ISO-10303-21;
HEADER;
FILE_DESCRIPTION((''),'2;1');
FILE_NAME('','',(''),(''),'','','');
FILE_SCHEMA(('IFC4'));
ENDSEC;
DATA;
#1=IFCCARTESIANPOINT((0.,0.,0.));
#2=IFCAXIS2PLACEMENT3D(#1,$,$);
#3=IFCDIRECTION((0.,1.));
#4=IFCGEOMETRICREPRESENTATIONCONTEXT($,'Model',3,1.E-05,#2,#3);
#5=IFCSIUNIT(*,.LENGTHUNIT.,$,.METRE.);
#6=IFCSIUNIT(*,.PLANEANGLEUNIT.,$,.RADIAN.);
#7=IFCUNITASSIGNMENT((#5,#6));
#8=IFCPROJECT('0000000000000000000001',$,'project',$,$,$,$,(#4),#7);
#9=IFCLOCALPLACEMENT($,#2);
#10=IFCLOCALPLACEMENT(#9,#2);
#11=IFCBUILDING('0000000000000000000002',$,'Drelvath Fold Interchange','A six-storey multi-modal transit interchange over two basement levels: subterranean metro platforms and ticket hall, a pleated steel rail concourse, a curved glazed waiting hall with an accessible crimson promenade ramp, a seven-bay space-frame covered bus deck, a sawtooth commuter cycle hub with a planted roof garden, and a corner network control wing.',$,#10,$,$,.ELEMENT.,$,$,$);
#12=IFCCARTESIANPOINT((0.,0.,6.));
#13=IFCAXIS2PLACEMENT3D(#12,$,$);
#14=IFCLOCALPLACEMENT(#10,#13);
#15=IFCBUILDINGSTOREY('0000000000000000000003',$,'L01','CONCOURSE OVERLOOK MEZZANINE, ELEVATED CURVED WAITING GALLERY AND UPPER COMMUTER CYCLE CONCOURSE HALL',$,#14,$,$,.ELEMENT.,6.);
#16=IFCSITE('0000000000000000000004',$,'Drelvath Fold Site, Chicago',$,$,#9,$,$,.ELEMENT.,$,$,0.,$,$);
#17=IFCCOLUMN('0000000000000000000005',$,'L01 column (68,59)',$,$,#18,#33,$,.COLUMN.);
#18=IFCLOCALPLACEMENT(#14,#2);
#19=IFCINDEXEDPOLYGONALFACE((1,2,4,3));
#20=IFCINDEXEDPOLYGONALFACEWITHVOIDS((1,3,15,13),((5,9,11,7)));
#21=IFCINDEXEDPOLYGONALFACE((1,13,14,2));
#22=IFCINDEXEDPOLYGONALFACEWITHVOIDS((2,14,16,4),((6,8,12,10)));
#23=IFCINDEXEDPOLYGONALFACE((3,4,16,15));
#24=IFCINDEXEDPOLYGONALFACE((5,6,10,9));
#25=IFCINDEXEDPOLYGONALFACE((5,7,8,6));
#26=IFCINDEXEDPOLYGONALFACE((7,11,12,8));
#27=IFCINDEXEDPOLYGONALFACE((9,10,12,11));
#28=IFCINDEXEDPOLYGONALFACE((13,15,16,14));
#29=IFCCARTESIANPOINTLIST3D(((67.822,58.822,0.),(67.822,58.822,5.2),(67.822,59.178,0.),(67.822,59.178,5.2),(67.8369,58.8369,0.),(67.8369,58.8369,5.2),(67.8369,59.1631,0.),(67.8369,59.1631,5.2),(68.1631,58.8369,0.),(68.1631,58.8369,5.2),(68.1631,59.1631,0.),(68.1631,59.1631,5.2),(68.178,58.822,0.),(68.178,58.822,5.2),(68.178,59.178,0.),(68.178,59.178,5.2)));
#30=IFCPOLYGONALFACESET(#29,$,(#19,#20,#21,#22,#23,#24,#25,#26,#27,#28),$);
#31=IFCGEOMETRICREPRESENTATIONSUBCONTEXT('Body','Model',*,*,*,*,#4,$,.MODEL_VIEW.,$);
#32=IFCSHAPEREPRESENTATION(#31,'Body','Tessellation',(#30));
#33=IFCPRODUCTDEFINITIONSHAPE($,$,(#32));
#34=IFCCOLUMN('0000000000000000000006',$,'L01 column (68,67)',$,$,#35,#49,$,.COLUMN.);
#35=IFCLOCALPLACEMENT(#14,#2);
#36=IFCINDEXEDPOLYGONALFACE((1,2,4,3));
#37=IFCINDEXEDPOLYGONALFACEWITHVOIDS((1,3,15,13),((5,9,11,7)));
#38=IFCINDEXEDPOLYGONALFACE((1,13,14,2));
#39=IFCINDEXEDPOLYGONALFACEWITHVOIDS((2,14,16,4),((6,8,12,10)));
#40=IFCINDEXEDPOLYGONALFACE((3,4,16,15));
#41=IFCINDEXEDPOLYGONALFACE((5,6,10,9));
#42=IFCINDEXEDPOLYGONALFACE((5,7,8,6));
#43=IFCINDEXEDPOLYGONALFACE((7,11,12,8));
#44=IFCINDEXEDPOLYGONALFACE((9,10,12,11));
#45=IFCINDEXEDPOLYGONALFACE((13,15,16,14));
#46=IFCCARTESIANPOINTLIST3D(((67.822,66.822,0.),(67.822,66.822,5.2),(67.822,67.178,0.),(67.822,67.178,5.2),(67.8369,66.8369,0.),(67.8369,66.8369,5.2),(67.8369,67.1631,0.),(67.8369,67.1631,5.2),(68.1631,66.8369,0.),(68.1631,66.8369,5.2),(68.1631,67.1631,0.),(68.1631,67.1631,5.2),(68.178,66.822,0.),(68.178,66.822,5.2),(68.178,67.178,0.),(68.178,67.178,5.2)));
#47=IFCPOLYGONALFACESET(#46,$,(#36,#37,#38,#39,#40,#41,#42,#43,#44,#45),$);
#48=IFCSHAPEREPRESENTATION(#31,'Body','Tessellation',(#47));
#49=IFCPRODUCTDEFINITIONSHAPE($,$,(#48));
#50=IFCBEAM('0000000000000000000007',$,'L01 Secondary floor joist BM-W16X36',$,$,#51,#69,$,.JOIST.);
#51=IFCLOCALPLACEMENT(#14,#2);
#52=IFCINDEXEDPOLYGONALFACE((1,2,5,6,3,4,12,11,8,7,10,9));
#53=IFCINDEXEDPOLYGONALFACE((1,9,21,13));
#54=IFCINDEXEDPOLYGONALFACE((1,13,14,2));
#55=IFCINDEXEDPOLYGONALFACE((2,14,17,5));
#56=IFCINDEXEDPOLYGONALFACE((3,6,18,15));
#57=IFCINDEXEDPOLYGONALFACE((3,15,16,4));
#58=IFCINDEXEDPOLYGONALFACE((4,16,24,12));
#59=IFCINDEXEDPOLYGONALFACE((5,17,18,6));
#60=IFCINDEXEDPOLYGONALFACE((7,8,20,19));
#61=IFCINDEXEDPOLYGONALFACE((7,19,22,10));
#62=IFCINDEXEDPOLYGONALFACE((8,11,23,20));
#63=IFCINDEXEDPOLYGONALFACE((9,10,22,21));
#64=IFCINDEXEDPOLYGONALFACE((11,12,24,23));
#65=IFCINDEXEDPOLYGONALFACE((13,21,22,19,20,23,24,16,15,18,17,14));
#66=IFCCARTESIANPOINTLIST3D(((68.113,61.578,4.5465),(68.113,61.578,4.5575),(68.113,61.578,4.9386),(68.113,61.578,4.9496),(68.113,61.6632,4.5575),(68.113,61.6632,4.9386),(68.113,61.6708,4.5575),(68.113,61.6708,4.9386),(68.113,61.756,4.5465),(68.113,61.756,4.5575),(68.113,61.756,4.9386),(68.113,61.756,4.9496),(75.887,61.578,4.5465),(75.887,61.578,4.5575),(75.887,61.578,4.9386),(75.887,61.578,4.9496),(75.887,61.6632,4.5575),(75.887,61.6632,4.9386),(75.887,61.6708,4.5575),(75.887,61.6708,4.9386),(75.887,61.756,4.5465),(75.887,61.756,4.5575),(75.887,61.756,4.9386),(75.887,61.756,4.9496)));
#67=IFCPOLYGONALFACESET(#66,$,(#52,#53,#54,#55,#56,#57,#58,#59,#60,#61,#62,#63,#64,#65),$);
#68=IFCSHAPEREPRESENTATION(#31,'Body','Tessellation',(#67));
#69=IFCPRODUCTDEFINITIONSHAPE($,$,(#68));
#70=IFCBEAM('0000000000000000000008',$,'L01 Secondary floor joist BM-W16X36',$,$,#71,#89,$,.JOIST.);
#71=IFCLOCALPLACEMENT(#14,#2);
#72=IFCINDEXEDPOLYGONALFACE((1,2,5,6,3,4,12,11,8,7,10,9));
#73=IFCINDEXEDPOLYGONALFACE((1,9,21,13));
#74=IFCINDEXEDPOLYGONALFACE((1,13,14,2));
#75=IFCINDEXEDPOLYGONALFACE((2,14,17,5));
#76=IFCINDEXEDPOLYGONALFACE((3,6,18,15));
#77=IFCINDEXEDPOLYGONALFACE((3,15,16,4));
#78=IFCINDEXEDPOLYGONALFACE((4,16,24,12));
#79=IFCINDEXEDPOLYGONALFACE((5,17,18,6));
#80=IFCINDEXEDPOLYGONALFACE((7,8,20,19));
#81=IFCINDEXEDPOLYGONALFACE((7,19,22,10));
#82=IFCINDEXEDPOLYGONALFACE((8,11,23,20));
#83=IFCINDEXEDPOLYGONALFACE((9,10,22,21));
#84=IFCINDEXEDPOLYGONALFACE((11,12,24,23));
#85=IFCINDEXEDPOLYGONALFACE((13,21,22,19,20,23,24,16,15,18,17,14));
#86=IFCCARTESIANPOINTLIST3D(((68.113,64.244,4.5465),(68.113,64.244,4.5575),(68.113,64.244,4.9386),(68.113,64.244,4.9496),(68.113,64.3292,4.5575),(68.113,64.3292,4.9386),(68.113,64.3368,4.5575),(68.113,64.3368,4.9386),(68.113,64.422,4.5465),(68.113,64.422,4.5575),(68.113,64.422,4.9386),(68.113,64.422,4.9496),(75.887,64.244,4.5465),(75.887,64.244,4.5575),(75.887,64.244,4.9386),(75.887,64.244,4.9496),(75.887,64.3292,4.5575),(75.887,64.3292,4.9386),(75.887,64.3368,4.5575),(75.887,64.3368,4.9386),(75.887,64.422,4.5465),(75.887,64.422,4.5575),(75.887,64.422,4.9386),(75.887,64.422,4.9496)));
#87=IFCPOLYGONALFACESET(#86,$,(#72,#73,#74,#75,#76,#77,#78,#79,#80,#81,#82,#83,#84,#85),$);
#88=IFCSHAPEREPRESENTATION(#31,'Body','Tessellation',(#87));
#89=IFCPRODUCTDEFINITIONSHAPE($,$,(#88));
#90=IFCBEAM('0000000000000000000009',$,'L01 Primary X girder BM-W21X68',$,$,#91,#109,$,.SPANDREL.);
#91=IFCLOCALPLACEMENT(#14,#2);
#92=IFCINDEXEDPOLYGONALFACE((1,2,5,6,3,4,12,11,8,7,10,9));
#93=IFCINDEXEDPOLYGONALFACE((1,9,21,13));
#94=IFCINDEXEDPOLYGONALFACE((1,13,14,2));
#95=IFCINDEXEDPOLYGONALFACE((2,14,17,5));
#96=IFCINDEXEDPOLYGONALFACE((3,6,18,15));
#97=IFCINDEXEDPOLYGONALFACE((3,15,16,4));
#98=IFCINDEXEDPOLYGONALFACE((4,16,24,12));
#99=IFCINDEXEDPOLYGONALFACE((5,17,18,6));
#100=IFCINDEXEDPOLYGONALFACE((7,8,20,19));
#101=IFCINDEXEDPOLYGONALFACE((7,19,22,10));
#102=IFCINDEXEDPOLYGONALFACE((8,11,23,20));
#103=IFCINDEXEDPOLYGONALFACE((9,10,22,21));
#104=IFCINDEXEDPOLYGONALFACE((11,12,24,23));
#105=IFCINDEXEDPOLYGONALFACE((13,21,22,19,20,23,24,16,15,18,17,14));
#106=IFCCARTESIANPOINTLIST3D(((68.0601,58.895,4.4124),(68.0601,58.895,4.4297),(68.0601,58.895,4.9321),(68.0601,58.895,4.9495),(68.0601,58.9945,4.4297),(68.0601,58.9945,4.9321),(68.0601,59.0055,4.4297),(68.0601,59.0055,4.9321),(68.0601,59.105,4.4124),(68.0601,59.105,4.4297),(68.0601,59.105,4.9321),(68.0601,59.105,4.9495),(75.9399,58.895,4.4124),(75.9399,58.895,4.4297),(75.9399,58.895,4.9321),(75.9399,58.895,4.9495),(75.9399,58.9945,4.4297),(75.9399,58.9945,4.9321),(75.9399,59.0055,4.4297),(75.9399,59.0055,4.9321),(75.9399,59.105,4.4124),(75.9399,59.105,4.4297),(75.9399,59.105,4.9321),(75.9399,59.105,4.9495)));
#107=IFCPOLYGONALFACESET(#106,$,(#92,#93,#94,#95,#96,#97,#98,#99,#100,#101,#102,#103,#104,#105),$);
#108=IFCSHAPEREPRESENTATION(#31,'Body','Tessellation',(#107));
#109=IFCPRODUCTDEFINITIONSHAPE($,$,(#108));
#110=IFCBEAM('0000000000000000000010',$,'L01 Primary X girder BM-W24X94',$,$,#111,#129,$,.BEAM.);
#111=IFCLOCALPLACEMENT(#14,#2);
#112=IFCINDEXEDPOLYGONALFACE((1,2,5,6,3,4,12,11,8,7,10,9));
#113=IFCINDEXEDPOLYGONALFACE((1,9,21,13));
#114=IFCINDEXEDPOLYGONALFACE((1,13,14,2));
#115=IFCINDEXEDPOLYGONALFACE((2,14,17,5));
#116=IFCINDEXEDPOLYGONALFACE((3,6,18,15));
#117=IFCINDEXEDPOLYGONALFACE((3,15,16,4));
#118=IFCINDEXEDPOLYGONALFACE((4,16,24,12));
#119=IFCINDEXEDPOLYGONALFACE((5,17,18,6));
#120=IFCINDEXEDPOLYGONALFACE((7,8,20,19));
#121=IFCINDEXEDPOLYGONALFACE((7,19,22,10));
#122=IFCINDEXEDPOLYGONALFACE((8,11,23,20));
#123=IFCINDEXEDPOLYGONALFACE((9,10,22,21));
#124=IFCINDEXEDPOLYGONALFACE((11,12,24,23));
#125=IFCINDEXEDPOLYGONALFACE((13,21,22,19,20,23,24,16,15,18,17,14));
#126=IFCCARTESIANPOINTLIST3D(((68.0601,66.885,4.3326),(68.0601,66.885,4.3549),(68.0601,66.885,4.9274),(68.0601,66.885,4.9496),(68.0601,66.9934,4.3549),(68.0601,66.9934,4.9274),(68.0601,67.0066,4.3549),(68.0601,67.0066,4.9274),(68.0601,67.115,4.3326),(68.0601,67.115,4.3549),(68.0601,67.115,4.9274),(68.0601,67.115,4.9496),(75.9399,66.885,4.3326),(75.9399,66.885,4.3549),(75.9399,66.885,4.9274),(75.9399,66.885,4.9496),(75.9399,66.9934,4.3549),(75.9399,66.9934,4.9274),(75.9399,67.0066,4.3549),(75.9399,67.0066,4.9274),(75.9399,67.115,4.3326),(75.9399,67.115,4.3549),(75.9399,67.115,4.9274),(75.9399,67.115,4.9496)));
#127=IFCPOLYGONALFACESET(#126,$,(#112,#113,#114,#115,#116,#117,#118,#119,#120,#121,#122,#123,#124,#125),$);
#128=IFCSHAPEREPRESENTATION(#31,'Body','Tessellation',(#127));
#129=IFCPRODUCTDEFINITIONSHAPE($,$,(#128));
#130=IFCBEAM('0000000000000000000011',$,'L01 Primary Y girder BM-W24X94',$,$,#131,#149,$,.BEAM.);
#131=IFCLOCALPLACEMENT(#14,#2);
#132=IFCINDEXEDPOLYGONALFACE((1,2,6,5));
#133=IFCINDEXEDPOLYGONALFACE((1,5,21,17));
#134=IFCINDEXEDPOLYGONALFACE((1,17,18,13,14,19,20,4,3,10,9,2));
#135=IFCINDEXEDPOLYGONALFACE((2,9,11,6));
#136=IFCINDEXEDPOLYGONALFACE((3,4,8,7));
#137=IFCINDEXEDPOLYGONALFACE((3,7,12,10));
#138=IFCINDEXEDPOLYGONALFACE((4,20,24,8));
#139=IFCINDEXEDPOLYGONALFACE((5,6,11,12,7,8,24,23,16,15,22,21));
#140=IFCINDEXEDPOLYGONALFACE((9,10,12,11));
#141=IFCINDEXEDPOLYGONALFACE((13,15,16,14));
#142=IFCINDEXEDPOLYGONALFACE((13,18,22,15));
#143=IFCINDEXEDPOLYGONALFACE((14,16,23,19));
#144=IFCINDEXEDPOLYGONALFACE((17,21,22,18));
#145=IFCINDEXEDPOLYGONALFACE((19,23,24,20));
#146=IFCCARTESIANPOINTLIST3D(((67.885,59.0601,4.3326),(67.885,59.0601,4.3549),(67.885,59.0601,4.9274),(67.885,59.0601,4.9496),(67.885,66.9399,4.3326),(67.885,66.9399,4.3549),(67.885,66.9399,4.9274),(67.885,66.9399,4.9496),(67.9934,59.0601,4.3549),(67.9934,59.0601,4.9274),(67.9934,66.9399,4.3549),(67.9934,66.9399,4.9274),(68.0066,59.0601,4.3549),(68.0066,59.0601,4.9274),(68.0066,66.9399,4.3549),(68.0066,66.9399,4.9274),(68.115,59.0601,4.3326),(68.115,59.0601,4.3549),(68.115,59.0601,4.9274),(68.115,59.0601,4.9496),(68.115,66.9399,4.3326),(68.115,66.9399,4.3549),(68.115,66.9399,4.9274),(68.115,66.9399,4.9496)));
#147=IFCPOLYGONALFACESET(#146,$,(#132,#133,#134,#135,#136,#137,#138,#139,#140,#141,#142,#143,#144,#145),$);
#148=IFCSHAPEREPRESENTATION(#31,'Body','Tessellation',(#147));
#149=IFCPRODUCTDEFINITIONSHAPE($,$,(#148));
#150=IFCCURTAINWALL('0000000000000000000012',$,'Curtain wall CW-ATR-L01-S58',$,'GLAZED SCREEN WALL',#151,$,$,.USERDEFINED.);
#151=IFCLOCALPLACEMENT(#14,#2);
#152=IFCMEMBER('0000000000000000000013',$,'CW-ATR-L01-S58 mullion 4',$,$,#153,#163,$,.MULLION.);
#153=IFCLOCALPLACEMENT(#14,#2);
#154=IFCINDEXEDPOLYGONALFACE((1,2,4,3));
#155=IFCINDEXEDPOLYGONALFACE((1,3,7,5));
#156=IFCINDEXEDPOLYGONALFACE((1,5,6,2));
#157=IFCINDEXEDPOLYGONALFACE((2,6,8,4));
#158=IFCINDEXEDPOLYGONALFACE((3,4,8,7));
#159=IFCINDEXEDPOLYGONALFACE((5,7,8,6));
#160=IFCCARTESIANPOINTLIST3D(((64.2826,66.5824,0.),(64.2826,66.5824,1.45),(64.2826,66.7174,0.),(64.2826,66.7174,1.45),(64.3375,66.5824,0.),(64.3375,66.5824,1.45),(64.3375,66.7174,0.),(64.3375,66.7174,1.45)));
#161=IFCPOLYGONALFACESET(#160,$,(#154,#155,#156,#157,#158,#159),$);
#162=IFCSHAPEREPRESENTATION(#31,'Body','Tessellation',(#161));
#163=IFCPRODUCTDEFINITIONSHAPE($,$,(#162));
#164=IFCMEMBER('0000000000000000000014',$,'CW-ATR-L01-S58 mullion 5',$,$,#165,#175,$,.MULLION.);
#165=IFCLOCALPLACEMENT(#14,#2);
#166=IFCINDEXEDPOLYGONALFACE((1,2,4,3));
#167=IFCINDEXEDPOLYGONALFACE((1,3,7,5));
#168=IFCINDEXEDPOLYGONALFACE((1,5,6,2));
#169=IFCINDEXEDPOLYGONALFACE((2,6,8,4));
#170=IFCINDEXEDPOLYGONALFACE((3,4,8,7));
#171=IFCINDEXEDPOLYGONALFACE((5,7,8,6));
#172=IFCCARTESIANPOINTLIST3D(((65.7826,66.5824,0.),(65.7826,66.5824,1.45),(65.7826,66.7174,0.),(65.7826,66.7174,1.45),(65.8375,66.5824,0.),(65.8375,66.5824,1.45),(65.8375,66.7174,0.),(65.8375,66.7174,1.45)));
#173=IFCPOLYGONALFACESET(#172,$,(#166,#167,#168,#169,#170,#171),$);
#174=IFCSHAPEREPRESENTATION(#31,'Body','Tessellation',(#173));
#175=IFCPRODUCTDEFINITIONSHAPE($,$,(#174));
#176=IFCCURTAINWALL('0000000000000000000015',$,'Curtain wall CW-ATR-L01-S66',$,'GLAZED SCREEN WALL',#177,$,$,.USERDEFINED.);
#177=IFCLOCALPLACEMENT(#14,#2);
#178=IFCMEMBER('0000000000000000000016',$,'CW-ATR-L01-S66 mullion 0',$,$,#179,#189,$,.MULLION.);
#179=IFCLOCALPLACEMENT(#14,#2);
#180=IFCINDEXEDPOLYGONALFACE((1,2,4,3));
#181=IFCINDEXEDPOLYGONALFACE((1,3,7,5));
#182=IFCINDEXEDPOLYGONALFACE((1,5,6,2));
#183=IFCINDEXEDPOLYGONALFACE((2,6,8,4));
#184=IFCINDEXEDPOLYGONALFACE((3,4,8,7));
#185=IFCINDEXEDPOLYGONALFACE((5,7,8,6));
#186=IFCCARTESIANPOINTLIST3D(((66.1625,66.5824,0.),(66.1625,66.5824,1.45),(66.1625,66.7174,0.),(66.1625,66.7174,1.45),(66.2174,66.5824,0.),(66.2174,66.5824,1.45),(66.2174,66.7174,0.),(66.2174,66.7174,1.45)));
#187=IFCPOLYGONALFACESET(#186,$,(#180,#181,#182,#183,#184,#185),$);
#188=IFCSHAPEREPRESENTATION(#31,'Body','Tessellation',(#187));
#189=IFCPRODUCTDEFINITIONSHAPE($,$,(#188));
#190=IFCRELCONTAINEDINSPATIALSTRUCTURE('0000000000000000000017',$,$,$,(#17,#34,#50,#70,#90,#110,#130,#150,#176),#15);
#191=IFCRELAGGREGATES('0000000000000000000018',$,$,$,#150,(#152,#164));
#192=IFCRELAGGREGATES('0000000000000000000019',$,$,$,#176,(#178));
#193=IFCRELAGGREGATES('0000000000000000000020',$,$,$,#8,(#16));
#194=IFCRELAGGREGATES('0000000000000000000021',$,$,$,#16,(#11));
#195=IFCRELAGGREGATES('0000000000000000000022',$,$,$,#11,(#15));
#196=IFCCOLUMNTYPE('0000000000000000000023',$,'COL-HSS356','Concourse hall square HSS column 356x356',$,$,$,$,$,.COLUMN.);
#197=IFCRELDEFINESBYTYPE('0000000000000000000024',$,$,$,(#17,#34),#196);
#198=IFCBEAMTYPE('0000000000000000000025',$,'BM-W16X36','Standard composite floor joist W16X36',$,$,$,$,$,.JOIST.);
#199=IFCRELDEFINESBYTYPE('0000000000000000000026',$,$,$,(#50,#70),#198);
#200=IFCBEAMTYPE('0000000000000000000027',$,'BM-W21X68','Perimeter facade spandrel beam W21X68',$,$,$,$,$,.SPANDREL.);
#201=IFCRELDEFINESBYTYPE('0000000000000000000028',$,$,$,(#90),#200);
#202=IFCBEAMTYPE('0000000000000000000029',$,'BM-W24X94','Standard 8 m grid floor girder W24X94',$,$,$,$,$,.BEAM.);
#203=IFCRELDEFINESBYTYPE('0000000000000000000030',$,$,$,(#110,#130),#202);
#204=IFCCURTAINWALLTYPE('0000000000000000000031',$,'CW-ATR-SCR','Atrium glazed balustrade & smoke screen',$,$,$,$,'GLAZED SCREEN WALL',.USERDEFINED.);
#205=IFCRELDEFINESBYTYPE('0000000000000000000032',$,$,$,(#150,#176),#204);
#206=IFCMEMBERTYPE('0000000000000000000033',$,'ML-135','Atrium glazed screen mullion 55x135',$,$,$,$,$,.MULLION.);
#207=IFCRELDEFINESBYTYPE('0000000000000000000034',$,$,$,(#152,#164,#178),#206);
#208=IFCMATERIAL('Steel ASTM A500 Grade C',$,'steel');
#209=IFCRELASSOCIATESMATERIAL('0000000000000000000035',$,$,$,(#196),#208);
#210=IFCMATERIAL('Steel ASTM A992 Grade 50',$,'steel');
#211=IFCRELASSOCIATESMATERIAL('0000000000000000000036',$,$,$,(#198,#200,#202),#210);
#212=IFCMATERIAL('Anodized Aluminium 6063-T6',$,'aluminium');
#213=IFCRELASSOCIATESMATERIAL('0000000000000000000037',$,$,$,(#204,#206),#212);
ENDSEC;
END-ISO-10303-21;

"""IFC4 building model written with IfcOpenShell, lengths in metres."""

from ifc_helpers import new_model, si_unit, direction, frame, origin, origin_2d, place, context, subcontext, project, spatial, rectangle, hollow_rectangle, i_section, extrude, material, material_profile, profile_set, type_object, element, aggregate, save


model = new_model("IFC4")

# Units and contexts
model_context = context("Model", 3, precision=1e-05, world=origin(), true_north=direction((0.0, 1.0)))
body_context = subcontext(model_context, "Body", "Model", "MODEL_VIEW")
ifc_project = project(units=[si_unit("LENGTHUNIT", "METRE"), si_unit("PLANEANGLEUNIT", "RADIAN")], contexts=[model_context])

# Site, building, storey
site_placement = place(None, origin())
site = spatial("IfcSite", under=ifc_project, at=site_placement, Name="Drelvath Fold Site, Chicago", CompositionType="ELEMENT", RefElevation=0.0)
building_placement = place(site_placement, origin())
building = spatial("IfcBuilding", under=site, at=building_placement, Name="Drelvath Fold Interchange", Description="A six-storey multi-modal transit interchange over two basement levels: subterranean metro platforms and ticket hall, a pleated steel rail concourse, a curved glazed waiting hall with an accessible crimson promenade ramp, a seven-bay space-frame covered bus deck, a sawtooth commuter cycle hub with a planted roof garden, and a corner network control wing.", CompositionType="ELEMENT")
storey_placement = place(building_placement, frame((0.0, 0.0, 6.0)))
storey = spatial("IfcBuildingStorey", under=building, at=storey_placement, Name="L01", Description="CONCOURSE OVERLOOK MEZZANINE, ELEVATED CURVED WAITING GALLERY AND UPPER COMMUTER CYCLE CONCOURSE HALL", CompositionType="ELEMENT", Elevation=6.0)

# Columns
ifc_material_1 = material(Name="Steel ASTM A500 Grade C", Category="steel")
ifc_material_profile_1 = material_profile(ifc_material_1, hollow_rectangle(XDim=0.356, YDim=0.356, WallThickness=0.0149, at=origin_2d()), Name="HSS14X14X5/8")
ifc_profile_set_1 = profile_set([ifc_material_profile_1], Name="Steel ASTM A500 Grade C")
column_type = type_object("IfcColumnType", Name="COL-HSS356", Description="Concourse hall square HSS column 356x356", PredefinedType="COLUMN", material=ifc_profile_set_1)
for number, where, z_axis, x_axis, name in (
    (1, (68.0, 59.0, 0.0), (0.0, 0.0, 1.0), (1.0, 0.0, 0.0), "L01 column (68,59)"),
    (2, (68.0, 67.0, 0.0), (0.0, 0.0, 1.0), (1.0, 0.0, 0.0), "L01 column (68,67)"),
):
    element("IfcColumn", number, at=place(storey_placement, frame(where, z_axis=z_axis, x_axis=x_axis)), inside=storey, type_object=column_type, Name=name, PredefinedType="COLUMN", context=body_context, shape_type="SweptSolid", body=[
        extrude(hollow_rectangle(XDim=0.356, YDim=0.356, WallThickness=0.0149, at=origin_2d()), origin(), (0.0, 0.0, 1.0), 5.2),
    ])

# Beams
ifc_material_2 = material(Name="Steel ASTM A992 Grade 50", Category="steel")
ifc_material_profile_2 = material_profile(ifc_material_2, i_section(OverallWidth=0.178, OverallDepth=0.4031, WebThickness=0.0076, FlangeThickness=0.011, at=origin_2d()), Name="W16X36")
ifc_profile_set_2 = profile_set([ifc_material_profile_2], Name="Steel ASTM A992 Grade 50")
beam_type_1 = type_object("IfcBeamType", Name="BM-W16X36", Description="Standard composite floor joist W16X36", PredefinedType="JOIST", material=ifc_profile_set_2)
for number, where, z_axis, x_axis, name in (
    (3, (68.113, 61.667, 4.748), (1.0, 0.0, 0.0), (0.0, 1.0, 0.0), "L01 Secondary floor joist BM-W16X36"),
    (4, (68.113, 64.333, 4.748), (1.0, 0.0, 0.0), (0.0, 1.0, 0.0), "L01 Secondary floor joist BM-W16X36"),
):
    element("IfcBeam", number, at=place(storey_placement, frame(where, z_axis=z_axis, x_axis=x_axis)), inside=storey, type_object=beam_type_1, Name=name, PredefinedType="JOIST", context=body_context, shape_type="SweptSolid", body=[
        extrude(i_section(OverallWidth=0.178, OverallDepth=0.4031, WebThickness=0.0076, FlangeThickness=0.011, at=origin_2d()), origin(), (0.0, 0.0, 1.0), 7.7739),
    ])
ifc_material_profile_3 = material_profile(ifc_material_2, i_section(OverallWidth=0.21, OverallDepth=0.5371, WebThickness=0.011, FlangeThickness=0.0173, at=origin_2d()), Name="W21X68")
ifc_profile_set_3 = profile_set([ifc_material_profile_3], Name="Steel ASTM A992 Grade 50")
beam_type_2 = type_object("IfcBeamType", Name="BM-W21X68", Description="Perimeter facade spandrel beam W21X68", PredefinedType="SPANDREL", material=ifc_profile_set_3)
beam_placement = place(storey_placement, frame((68.0601, 59.0, 4.6809), z_axis=(1.0, 0.0, 0.0), x_axis=(0.0, 1.0, 0.0)))
element("IfcBeam", 5, at=beam_placement, inside=storey, type_object=beam_type_2, Name="L01 Primary X girder BM-W21X68", PredefinedType="SPANDREL", context=body_context, shape_type="SweptSolid", body=[
    extrude(i_section(OverallWidth=0.21, OverallDepth=0.5371, WebThickness=0.011, FlangeThickness=0.0173, at=origin_2d()), origin(), (0.0, 0.0, 1.0), 7.8799),
])
ifc_material_profile_4 = material_profile(ifc_material_2, i_section(OverallWidth=0.23, OverallDepth=0.6169, WebThickness=0.0132, FlangeThickness=0.0222, at=origin_2d()), Name="W24X94")
ifc_profile_set_4 = profile_set([ifc_material_profile_4], Name="Steel ASTM A992 Grade 50")
beam_type_3 = type_object("IfcBeamType", Name="BM-W24X94", Description="Standard 8 m grid floor girder W24X94", PredefinedType="BEAM", material=ifc_profile_set_4)
for number, where, z_axis, x_axis, name in (
    (6, (68.0601, 67.0, 4.6411), (1.0, 0.0, 0.0), (0.0, 1.0, 0.0), "L01 Primary X girder BM-W24X94"),
    (7, (68.0, 59.0601, 4.6411), (0.0, 1.0, 0.0), (-1.0, 0.0, 0.0), "L01 Primary Y girder BM-W24X94"),
):
    element("IfcBeam", number, at=place(storey_placement, frame(where, z_axis=z_axis, x_axis=x_axis)), inside=storey, type_object=beam_type_3, Name=name, PredefinedType="BEAM", context=body_context, shape_type="SweptSolid", body=[
        extrude(i_section(OverallWidth=0.23, OverallDepth=0.6169, WebThickness=0.0132, FlangeThickness=0.0222, at=origin_2d()), origin(), (0.0, 0.0, 1.0), 7.8799),
    ])

# Curtain walls, members
ifc_material_3 = material(Name="Anodized Aluminium 6063-T6", Category="aluminium")
curtain_wall_type = type_object("IfcCurtainWallType", Name="CW-ATR-SCR", Description="Atrium glazed balustrade & smoke screen", ElementType="GLAZED SCREEN WALL", PredefinedType="USERDEFINED", material=ifc_material_3)
curtain_wall_1_placement = place(storey_placement, origin())
curtain_wall_1 = element("IfcCurtainWall", 8, at=curtain_wall_1_placement, inside=storey, type_object=curtain_wall_type, Name="Curtain wall CW-ATR-L01-S58", ObjectType="GLAZED SCREEN WALL", PredefinedType="USERDEFINED")
ifc_material_profile_5 = material_profile(ifc_material_3, rectangle(XDim=0.0549, YDim=0.135, at=origin_2d()), Name="AL-M 55x135")
ifc_profile_set_5 = profile_set([ifc_material_profile_5], Name="Anodized Aluminium 6063-T6")
member_type_1 = type_object("IfcMemberType", Name="ML-135", Description="Atrium glazed screen mullion 55x135", PredefinedType="MULLION", material=ifc_profile_set_5)
member_1_placement = place(storey_placement, frame((64.3101, 66.6499, 0.0), z_axis=(0.0, 0.0, 1.0), x_axis=(1.0, 0.0, 0.0)))
member_1 = element("IfcMember", 9, at=member_1_placement, type_object=member_type_1, Name="CW-ATR-L01-S58 mullion 4", PredefinedType="MULLION", context=body_context, shape_type="SweptSolid", body=[
    extrude(rectangle(XDim=0.0549, YDim=0.135, at=origin_2d()), origin(), (0.0, 0.0, 1.0), 1.45),
])
member_2_placement = place(storey_placement, frame((65.8101, 66.6499, 0.0), z_axis=(0.0, 0.0, 1.0), x_axis=(1.0, 0.0, 0.0)))
member_2 = element("IfcMember", 10, at=member_2_placement, type_object=member_type_1, Name="CW-ATR-L01-S58 mullion 5", PredefinedType="MULLION", context=body_context, shape_type="SweptSolid", body=[
    extrude(rectangle(XDim=0.0549, YDim=0.135, at=origin_2d()), origin(), (0.0, 0.0, 1.0), 1.45),
])
curtain_wall_2_placement = place(storey_placement, origin())
curtain_wall_2 = element("IfcCurtainWall", 11, at=curtain_wall_2_placement, inside=storey, type_object=curtain_wall_type, Name="Curtain wall CW-ATR-L01-S66", ObjectType="GLAZED SCREEN WALL", PredefinedType="USERDEFINED")
member_3_placement = place(storey_placement, frame((66.1899, 66.6499, 0.0), z_axis=(0.0, 0.0, 1.0), x_axis=(1.0, 0.0, 0.0)))
member_3 = element("IfcMember", 12, at=member_3_placement, type_object=member_type_1, Name="CW-ATR-L01-S66 mullion 0", PredefinedType="MULLION", context=body_context, shape_type="SweptSolid", body=[
    extrude(rectangle(XDim=0.0549, YDim=0.135, at=origin_2d()), origin(), (0.0, 0.0, 1.0), 1.45),
])

aggregate(curtain_wall_1, [member_1, member_2])
aggregate(curtain_wall_2, [member_3])

save(model, "model.ifc")
